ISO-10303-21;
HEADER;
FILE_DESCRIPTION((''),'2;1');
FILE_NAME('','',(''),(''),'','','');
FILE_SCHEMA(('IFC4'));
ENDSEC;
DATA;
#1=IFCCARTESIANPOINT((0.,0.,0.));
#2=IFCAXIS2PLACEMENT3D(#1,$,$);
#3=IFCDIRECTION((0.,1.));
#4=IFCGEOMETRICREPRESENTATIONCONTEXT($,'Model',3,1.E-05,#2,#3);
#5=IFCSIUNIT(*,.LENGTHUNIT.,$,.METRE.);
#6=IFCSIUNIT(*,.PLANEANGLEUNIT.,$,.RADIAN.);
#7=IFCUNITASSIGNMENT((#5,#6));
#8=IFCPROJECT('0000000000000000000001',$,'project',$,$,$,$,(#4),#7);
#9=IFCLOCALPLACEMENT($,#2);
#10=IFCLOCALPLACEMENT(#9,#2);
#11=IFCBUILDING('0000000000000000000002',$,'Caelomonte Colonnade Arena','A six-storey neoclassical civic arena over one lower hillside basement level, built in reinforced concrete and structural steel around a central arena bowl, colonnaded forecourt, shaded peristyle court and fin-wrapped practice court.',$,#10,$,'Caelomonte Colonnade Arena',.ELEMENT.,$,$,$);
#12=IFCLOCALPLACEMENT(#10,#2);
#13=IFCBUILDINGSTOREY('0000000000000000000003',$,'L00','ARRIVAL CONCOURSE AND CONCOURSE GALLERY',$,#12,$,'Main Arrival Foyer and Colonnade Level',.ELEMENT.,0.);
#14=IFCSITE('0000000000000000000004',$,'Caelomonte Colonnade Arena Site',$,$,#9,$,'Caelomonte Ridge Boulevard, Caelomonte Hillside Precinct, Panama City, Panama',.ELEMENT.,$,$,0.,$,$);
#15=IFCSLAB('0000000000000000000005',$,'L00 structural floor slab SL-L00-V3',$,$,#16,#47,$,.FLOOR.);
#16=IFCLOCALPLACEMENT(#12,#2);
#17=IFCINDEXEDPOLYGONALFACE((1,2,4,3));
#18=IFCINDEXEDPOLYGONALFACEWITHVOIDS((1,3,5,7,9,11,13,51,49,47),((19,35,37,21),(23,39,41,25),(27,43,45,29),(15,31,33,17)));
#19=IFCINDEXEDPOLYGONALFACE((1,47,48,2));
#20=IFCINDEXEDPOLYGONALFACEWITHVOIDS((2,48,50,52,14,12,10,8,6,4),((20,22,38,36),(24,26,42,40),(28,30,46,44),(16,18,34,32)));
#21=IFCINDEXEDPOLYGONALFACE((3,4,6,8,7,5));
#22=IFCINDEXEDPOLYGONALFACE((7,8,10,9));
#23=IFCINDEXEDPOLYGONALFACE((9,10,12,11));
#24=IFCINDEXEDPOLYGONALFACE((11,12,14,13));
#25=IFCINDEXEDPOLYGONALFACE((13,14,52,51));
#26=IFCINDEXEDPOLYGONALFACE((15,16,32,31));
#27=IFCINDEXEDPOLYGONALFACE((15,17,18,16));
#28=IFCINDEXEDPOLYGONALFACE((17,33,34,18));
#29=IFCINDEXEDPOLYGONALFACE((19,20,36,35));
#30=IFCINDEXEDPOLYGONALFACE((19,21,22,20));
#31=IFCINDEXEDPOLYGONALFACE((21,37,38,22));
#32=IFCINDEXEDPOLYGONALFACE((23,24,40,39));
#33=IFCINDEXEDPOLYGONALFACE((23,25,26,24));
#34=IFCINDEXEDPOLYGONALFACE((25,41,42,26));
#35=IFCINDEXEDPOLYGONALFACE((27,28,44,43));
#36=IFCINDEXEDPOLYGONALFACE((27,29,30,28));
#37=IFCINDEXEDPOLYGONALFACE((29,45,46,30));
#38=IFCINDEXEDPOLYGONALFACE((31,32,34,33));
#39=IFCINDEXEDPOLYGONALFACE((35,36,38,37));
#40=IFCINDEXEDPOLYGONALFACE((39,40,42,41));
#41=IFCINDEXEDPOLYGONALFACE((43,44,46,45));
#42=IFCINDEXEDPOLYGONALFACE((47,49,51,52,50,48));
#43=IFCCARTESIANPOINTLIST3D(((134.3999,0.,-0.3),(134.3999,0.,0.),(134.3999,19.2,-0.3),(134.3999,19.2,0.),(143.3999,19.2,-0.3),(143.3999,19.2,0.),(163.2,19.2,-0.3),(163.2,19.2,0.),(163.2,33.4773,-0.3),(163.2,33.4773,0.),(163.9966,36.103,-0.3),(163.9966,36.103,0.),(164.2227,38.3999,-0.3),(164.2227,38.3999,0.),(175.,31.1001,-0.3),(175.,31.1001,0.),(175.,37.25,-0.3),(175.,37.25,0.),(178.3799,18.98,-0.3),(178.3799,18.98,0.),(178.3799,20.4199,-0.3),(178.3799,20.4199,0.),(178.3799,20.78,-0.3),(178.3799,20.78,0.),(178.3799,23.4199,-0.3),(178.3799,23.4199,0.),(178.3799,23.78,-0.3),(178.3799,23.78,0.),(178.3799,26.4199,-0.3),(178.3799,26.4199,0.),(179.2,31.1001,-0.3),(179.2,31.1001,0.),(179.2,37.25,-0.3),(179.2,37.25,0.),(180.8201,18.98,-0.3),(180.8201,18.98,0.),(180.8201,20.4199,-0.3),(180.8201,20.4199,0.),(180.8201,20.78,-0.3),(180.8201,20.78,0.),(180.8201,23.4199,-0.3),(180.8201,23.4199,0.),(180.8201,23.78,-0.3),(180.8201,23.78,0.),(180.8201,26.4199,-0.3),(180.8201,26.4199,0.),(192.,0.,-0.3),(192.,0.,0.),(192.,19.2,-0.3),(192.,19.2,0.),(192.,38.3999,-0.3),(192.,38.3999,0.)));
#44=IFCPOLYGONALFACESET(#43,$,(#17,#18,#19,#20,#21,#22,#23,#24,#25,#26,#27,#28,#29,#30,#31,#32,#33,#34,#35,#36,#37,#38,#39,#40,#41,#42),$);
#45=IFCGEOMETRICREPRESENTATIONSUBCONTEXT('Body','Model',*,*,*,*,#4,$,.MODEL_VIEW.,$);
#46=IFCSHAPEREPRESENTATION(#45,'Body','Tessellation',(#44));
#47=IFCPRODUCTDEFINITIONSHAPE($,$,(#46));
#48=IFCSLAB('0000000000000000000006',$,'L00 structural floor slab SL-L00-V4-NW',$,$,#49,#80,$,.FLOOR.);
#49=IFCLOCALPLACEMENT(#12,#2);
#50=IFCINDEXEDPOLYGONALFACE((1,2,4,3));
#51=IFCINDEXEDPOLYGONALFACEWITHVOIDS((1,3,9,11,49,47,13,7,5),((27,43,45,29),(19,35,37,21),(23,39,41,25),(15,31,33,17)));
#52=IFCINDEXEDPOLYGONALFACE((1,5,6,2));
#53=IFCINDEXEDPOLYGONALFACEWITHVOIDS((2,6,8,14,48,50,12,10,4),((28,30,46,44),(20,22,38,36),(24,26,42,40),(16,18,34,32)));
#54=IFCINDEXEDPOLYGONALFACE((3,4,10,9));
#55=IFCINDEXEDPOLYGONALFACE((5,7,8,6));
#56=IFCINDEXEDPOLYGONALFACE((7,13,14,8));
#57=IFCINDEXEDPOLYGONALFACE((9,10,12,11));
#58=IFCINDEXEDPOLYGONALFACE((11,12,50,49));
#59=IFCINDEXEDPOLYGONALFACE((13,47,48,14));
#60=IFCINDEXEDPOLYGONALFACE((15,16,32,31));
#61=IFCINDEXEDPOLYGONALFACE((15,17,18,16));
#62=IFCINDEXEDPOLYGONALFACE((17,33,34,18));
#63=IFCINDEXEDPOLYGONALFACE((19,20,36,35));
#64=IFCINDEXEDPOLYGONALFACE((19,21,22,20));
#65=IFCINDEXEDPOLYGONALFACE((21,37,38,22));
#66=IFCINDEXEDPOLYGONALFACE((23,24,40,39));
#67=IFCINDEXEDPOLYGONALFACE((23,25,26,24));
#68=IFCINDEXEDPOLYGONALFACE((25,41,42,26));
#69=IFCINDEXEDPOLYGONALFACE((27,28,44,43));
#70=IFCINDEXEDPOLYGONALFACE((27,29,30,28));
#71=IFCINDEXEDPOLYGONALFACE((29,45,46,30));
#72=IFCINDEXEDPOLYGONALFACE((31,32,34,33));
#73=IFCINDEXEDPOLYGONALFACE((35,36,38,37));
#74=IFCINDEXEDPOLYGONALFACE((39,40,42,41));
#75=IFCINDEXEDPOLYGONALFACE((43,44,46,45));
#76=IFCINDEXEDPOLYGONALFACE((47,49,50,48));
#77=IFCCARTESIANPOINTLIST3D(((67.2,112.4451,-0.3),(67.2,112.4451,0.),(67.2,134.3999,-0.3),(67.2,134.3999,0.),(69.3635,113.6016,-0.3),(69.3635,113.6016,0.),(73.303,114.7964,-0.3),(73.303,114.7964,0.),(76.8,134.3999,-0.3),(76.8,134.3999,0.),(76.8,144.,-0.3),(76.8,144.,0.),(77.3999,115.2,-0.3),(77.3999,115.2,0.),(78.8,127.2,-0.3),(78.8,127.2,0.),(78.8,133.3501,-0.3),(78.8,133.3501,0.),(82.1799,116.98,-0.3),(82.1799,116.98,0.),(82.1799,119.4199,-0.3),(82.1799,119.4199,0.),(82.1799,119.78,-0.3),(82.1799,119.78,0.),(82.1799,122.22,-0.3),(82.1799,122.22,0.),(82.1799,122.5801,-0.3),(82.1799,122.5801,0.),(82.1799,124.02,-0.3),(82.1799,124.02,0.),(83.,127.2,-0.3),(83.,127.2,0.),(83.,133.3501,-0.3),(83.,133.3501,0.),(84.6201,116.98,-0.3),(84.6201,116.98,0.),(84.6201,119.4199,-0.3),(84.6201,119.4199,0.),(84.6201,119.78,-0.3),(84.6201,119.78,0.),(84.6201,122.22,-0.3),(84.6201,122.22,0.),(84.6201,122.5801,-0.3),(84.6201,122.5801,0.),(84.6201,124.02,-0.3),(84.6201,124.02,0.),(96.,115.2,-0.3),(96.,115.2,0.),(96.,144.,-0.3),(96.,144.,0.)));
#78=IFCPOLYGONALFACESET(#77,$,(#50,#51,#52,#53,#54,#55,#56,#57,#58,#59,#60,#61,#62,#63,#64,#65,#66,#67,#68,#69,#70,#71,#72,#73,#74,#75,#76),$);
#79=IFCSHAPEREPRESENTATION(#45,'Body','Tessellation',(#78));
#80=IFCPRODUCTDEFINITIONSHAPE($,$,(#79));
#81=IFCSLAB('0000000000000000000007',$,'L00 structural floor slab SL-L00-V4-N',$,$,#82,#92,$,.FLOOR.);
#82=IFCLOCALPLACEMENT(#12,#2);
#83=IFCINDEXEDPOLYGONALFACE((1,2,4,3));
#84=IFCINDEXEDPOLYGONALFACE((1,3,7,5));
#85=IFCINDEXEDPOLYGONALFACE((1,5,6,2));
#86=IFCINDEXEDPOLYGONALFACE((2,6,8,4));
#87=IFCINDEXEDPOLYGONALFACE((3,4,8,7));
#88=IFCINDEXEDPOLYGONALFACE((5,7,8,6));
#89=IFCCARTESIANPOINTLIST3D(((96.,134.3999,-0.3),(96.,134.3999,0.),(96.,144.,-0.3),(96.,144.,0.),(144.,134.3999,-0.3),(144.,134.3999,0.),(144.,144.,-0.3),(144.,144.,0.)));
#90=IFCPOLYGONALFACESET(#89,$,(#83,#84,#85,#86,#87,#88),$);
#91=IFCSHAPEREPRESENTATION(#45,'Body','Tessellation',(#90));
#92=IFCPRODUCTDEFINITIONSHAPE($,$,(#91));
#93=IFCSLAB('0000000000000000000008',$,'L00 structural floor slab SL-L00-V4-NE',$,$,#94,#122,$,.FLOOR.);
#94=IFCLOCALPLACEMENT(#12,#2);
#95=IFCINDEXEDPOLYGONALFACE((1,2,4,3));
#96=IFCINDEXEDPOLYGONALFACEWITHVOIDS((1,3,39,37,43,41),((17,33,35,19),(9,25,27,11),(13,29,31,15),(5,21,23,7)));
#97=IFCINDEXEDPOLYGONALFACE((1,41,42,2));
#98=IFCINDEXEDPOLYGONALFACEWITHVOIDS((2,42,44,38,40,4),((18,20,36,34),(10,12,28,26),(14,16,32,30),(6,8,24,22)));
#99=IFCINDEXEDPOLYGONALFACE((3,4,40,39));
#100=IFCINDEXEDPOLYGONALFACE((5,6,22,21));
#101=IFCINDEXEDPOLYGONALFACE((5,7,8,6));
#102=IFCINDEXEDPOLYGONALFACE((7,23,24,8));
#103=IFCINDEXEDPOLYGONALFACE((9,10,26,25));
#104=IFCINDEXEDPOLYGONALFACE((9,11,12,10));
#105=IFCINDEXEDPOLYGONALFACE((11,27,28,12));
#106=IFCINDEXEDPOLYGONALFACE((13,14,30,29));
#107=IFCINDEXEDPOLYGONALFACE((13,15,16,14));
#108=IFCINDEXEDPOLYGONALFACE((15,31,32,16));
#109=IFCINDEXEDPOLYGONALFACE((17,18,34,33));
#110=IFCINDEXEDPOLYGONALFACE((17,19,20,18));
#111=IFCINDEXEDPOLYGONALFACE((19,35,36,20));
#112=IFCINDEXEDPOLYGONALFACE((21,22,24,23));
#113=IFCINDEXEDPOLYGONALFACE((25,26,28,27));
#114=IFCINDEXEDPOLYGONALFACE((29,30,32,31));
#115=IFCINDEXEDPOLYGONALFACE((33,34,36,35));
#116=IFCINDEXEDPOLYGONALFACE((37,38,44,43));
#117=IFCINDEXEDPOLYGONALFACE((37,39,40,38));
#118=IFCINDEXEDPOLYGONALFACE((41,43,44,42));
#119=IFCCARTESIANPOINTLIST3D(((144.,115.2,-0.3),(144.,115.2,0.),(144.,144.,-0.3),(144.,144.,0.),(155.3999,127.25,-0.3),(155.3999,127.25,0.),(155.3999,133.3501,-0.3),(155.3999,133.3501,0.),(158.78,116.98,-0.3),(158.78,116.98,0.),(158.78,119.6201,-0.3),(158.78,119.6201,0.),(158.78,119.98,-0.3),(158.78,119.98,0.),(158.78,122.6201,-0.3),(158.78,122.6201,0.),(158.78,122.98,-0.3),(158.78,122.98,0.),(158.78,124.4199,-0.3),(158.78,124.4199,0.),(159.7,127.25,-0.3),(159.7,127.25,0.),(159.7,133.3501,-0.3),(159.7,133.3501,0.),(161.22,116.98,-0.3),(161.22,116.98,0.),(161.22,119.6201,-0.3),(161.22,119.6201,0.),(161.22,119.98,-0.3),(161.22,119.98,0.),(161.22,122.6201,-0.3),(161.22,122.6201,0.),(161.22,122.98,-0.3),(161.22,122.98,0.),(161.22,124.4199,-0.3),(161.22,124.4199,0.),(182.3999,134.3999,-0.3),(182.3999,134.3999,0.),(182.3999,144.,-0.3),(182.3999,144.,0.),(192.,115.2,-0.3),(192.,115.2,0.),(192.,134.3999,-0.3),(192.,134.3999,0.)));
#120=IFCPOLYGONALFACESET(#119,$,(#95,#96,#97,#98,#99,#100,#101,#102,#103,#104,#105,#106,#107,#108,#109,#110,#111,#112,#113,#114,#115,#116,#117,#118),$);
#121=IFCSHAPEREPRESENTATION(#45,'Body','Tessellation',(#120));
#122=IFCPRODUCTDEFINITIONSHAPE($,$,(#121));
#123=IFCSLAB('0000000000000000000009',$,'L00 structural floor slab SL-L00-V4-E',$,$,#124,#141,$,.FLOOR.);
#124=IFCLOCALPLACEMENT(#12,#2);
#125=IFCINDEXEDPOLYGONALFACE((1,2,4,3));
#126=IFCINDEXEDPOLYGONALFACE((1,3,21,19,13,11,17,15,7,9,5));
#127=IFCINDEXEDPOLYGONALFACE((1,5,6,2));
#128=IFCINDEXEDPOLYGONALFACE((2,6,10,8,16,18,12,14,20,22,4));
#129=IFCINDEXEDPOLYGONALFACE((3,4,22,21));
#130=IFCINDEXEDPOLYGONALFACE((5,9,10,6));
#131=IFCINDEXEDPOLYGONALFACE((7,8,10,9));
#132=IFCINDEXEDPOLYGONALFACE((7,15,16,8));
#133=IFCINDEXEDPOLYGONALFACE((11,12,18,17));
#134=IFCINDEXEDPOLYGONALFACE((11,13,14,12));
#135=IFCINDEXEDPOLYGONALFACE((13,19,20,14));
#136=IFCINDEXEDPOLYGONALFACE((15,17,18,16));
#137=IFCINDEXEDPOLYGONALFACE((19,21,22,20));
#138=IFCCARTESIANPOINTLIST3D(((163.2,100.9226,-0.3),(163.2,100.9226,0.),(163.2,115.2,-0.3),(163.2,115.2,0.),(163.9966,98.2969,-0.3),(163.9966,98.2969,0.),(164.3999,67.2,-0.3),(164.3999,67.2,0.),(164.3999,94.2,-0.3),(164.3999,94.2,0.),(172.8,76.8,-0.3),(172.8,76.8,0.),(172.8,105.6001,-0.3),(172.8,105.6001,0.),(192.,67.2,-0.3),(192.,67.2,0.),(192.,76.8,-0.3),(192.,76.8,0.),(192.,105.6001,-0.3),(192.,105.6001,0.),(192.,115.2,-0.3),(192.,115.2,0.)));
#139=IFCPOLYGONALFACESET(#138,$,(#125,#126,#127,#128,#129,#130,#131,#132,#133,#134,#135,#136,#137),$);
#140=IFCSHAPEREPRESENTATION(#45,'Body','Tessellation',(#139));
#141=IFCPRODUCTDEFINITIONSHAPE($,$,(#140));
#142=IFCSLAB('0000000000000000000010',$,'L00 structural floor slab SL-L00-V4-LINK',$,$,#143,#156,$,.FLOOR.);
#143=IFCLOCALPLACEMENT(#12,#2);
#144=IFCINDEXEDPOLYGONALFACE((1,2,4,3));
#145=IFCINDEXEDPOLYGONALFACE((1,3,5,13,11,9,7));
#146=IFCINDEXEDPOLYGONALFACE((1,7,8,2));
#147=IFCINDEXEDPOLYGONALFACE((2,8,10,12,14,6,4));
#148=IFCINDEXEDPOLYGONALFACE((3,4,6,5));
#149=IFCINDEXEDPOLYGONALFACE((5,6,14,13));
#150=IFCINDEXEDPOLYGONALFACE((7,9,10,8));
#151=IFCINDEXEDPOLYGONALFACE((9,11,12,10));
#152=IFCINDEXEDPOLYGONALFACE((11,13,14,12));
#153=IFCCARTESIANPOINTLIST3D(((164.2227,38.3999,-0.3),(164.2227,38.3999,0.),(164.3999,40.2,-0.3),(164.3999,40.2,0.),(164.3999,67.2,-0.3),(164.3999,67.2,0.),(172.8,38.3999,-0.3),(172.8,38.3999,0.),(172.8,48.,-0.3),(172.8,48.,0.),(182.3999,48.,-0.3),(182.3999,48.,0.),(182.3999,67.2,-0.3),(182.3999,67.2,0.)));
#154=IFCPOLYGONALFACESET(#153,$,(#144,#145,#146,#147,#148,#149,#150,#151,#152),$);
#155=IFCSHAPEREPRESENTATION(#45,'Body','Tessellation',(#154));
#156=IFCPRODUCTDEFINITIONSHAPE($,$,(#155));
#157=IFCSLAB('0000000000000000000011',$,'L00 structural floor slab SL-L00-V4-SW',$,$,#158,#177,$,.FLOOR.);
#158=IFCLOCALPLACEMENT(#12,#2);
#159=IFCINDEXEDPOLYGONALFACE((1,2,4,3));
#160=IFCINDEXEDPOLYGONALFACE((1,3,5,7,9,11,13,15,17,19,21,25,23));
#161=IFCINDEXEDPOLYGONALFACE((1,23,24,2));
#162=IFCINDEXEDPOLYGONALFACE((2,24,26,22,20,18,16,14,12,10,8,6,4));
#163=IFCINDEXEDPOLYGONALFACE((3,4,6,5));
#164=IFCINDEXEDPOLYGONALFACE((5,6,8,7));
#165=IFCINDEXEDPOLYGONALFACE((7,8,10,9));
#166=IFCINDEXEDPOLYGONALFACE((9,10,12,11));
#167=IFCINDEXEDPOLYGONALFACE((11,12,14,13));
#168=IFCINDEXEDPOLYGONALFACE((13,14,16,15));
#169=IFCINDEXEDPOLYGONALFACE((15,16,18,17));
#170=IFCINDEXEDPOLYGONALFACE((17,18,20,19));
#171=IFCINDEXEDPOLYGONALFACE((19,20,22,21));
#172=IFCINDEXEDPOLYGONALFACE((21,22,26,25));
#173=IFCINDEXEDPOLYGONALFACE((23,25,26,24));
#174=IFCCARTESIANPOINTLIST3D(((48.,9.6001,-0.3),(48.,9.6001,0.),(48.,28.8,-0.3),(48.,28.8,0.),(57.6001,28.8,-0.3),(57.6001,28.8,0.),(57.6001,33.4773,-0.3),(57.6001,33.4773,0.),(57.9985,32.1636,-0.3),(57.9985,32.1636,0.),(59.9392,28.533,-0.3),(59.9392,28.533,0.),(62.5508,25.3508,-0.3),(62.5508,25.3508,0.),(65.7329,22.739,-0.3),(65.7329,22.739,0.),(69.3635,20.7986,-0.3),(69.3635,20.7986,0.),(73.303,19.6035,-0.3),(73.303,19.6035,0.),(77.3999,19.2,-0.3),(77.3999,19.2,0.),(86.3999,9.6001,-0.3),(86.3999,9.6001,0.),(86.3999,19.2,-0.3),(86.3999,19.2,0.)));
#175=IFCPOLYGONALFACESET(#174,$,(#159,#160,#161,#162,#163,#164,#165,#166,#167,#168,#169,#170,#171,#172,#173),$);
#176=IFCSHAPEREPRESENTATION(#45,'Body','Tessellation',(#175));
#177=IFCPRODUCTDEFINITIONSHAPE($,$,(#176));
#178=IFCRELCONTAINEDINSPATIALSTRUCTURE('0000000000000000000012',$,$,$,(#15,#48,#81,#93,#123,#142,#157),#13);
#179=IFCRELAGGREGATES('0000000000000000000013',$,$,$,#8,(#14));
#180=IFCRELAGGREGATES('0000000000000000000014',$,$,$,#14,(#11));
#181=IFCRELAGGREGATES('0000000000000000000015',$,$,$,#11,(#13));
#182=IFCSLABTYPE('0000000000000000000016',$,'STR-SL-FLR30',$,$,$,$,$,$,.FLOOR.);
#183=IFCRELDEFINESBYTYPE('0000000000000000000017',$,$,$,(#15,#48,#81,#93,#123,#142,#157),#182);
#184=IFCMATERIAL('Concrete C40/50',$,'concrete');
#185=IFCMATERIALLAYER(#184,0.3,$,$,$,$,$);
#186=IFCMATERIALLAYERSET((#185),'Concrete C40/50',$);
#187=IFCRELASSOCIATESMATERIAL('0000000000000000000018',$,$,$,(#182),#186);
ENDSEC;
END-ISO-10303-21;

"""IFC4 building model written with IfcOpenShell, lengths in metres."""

from ifc_helpers import new_model, si_unit, direction, frame, origin, place, context, subcontext, project, spatial, polyline, outline, extrude, material, layer, layer_set, type_object, element, save


model = new_model("IFC4")

# Units and contexts
model_context = context("Model", 3, precision=1e-05, world=origin(), true_north=direction((0.0, 1.0)))
body_context = subcontext(model_context, "Body", "Model", "MODEL_VIEW")
ifc_project = project(units=[si_unit("LENGTHUNIT", "METRE"), si_unit("PLANEANGLEUNIT", "RADIAN")], contexts=[model_context])

# Site, building, storey
site_placement = place(None, origin())
site = spatial("IfcSite", under=ifc_project, at=site_placement, Name="Caelomonte Colonnade Arena Site", LongName="Caelomonte Ridge Boulevard, Caelomonte Hillside Precinct, Panama City, Panama", CompositionType="ELEMENT", RefElevation=0.0)
building_placement = place(site_placement, origin())
building = spatial("IfcBuilding", under=site, at=building_placement, Name="Caelomonte Colonnade Arena", Description="A six-storey neoclassical civic arena over one lower hillside basement level, built in reinforced concrete and structural steel around a central arena bowl, colonnaded forecourt, shaded peristyle court and fin-wrapped practice court.", LongName="Caelomonte Colonnade Arena", CompositionType="ELEMENT")
storey_placement = place(building_placement, origin())
storey = spatial("IfcBuildingStorey", under=building, at=storey_placement, Name="L00", Description="ARRIVAL CONCOURSE AND CONCOURSE GALLERY", LongName="Main Arrival Foyer and Colonnade Level", CompositionType="ELEMENT", Elevation=0.0)

# Shared definitions
ifc_material_1 = material(Name="Concrete C40/50", Category="concrete")

# Slabs
ifc_layer_1 = layer(ifc_material_1, 0.3)
ifc_layer_set_1 = layer_set([ifc_layer_1], Name="Concrete C40/50")
slab_type_1 = type_object("IfcSlabType", Name="STR-SL-FLR30", PredefinedType="FLOOR", material=ifc_layer_set_1)
slab_1_placement = place(storey_placement, frame((0.0, 0.0, -0.3)))
element("IfcSlab", 1, at=slab_1_placement, inside=storey, type_object=slab_type_1, Name="L00 structural floor slab SL-L00-V3", PredefinedType="FLOOR", context=body_context, shape_type="SweptSolid", body=[
    extrude(outline(polyline([(134.3999, 0.0), (192.0, 0.0), (192.0, 19.2), (192.0, 38.3999), (164.2227, 38.3999), (163.9966, 36.103), (163.2, 33.4773), (163.2, 19.2), (143.3999, 19.2), (134.3999, 19.2), (134.3999, 0.0)]), holes=[polyline([(178.3799, 18.98), (178.3799, 20.4199), (180.8201, 20.4199), (180.8201, 18.98), (178.3799, 18.98)]), polyline([(178.3799, 20.78), (178.3799, 23.4199), (180.8201, 23.4199), (180.8201, 20.78), (178.3799, 20.78)]), polyline([(178.3799, 23.78), (178.3799, 26.4199), (180.8201, 26.4199), (180.8201, 23.78), (178.3799, 23.78)]), polyline([(175.0, 31.1001), (175.0, 37.25), (179.2, 37.25), (179.2, 31.1001), (175.0, 31.1001)])]), origin(), (0.0, 0.0, 1.0), 0.3),
])
slab_2_placement = place(storey_placement, frame((0.0, 0.0, -0.3)))
element("IfcSlab", 2, at=slab_2_placement, inside=storey, type_object=slab_type_1, Name="L00 structural floor slab SL-L00-V4-NW", PredefinedType="FLOOR", context=body_context, shape_type="SweptSolid", body=[
    extrude(outline(polyline([(96.0, 115.2), (96.0, 144.0), (76.8, 144.0), (76.8, 134.3999), (67.2, 134.3999), (67.2, 112.4451), (69.3635, 113.6016), (73.303, 114.7964), (77.3999, 115.2), (96.0, 115.2)]), holes=[polyline([(82.1799, 116.98), (82.1799, 119.4199), (84.6201, 119.4199), (84.6201, 116.98), (82.1799, 116.98)]), polyline([(82.1799, 122.22), (84.6201, 122.22), (84.6201, 119.78), (82.1799, 119.78), (82.1799, 122.22)]), polyline([(82.1799, 124.02), (84.6201, 124.02), (84.6201, 122.5801), (82.1799, 122.5801), (82.1799, 124.02)]), polyline([(78.8, 127.2), (78.8, 133.3501), (83.0, 133.3501), (83.0, 127.2), (78.8, 127.2)])]), origin(), (0.0, 0.0, 1.0), 0.3),
])
slab_3_placement = place(storey_placement, frame((0.0, 0.0, -0.3)))
element("IfcSlab", 3, at=slab_3_placement, inside=storey, type_object=slab_type_1, Name="L00 structural floor slab SL-L00-V4-N", PredefinedType="FLOOR", context=body_context, shape_type="SweptSolid", body=[
    extrude(outline(polyline([(96.0, 134.3999), (144.0, 134.3999), (144.0, 144.0), (96.0, 144.0), (96.0, 134.3999)])), origin(), (0.0, 0.0, 1.0), 0.3),
])
slab_4_placement = place(storey_placement, frame((0.0, 0.0, -0.3)))
element("IfcSlab", 4, at=slab_4_placement, inside=storey, type_object=slab_type_1, Name="L00 structural floor slab SL-L00-V4-NE", PredefinedType="FLOOR", context=body_context, shape_type="SweptSolid", body=[
    extrude(outline(polyline([(144.0, 115.2), (192.0, 115.2), (192.0, 134.3999), (182.3999, 134.3999), (182.3999, 144.0), (144.0, 144.0), (144.0, 115.2)]), holes=[polyline([(158.78, 116.98), (158.78, 119.6201), (161.22, 119.6201), (161.22, 116.98), (158.78, 116.98)]), polyline([(158.78, 119.98), (158.78, 122.6201), (161.22, 122.6201), (161.22, 119.98), (158.78, 119.98)]), polyline([(158.78, 124.4199), (161.22, 124.4199), (161.22, 122.98), (158.78, 122.98), (158.78, 124.4199)]), polyline([(155.3999, 133.3501), (159.7, 133.3501), (159.7, 127.25), (155.3999, 127.25), (155.3999, 133.3501)])]), origin(), (0.0, 0.0, 1.0), 0.3),
])
slab_5_placement = place(storey_placement, frame((0.0, 0.0, -0.3)))
element("IfcSlab", 5, at=slab_5_placement, inside=storey, type_object=slab_type_1, Name="L00 structural floor slab SL-L00-V4-E", PredefinedType="FLOOR", context=body_context, shape_type="SweptSolid", body=[
    extrude(outline(polyline([(164.3999, 67.2), (192.0, 67.2), (192.0, 76.8), (172.8, 76.8), (172.8, 105.6001), (192.0, 105.6001), (192.0, 115.2), (163.2, 115.2), (163.2, 100.9226), (163.9966, 98.2969), (164.3999, 94.2), (164.3999, 67.2)])), origin(), (0.0, 0.0, 1.0), 0.3),
])
slab_6_placement = place(storey_placement, frame((0.0, 0.0, -0.3)))
element("IfcSlab", 6, at=slab_6_placement, inside=storey, type_object=slab_type_1, Name="L00 structural floor slab SL-L00-V4-LINK", PredefinedType="FLOOR", context=body_context, shape_type="SweptSolid", body=[
    extrude(outline(polyline([(182.3999, 67.2), (164.3999, 67.2), (164.3999, 40.2), (164.2227, 38.3999), (172.8, 38.3999), (172.8, 48.0), (182.3999, 48.0), (182.3999, 67.2)])), origin(), (0.0, 0.0, 1.0), 0.3),
])
slab_7_placement = place(storey_placement, frame((0.0, 0.0, -0.3)))
element("IfcSlab", 7, at=slab_7_placement, inside=storey, type_object=slab_type_1, Name="L00 structural floor slab SL-L00-V4-SW", PredefinedType="FLOOR", context=body_context, shape_type="SweptSolid", body=[
    extrude(outline(polyline([(48.0, 9.6001), (86.3999, 9.6001), (86.3999, 19.2), (77.3999, 19.2), (73.303, 19.6035), (69.3635, 20.7986), (65.7329, 22.739), (62.5508, 25.3508), (59.9392, 28.533), (57.9985, 32.1636), (57.6001, 33.4773), (57.6001, 28.8), (48.0, 28.8), (48.0, 9.6001)])), origin(), (0.0, 0.0, 1.0), 0.3),
])

save(model, "model.ifc")
